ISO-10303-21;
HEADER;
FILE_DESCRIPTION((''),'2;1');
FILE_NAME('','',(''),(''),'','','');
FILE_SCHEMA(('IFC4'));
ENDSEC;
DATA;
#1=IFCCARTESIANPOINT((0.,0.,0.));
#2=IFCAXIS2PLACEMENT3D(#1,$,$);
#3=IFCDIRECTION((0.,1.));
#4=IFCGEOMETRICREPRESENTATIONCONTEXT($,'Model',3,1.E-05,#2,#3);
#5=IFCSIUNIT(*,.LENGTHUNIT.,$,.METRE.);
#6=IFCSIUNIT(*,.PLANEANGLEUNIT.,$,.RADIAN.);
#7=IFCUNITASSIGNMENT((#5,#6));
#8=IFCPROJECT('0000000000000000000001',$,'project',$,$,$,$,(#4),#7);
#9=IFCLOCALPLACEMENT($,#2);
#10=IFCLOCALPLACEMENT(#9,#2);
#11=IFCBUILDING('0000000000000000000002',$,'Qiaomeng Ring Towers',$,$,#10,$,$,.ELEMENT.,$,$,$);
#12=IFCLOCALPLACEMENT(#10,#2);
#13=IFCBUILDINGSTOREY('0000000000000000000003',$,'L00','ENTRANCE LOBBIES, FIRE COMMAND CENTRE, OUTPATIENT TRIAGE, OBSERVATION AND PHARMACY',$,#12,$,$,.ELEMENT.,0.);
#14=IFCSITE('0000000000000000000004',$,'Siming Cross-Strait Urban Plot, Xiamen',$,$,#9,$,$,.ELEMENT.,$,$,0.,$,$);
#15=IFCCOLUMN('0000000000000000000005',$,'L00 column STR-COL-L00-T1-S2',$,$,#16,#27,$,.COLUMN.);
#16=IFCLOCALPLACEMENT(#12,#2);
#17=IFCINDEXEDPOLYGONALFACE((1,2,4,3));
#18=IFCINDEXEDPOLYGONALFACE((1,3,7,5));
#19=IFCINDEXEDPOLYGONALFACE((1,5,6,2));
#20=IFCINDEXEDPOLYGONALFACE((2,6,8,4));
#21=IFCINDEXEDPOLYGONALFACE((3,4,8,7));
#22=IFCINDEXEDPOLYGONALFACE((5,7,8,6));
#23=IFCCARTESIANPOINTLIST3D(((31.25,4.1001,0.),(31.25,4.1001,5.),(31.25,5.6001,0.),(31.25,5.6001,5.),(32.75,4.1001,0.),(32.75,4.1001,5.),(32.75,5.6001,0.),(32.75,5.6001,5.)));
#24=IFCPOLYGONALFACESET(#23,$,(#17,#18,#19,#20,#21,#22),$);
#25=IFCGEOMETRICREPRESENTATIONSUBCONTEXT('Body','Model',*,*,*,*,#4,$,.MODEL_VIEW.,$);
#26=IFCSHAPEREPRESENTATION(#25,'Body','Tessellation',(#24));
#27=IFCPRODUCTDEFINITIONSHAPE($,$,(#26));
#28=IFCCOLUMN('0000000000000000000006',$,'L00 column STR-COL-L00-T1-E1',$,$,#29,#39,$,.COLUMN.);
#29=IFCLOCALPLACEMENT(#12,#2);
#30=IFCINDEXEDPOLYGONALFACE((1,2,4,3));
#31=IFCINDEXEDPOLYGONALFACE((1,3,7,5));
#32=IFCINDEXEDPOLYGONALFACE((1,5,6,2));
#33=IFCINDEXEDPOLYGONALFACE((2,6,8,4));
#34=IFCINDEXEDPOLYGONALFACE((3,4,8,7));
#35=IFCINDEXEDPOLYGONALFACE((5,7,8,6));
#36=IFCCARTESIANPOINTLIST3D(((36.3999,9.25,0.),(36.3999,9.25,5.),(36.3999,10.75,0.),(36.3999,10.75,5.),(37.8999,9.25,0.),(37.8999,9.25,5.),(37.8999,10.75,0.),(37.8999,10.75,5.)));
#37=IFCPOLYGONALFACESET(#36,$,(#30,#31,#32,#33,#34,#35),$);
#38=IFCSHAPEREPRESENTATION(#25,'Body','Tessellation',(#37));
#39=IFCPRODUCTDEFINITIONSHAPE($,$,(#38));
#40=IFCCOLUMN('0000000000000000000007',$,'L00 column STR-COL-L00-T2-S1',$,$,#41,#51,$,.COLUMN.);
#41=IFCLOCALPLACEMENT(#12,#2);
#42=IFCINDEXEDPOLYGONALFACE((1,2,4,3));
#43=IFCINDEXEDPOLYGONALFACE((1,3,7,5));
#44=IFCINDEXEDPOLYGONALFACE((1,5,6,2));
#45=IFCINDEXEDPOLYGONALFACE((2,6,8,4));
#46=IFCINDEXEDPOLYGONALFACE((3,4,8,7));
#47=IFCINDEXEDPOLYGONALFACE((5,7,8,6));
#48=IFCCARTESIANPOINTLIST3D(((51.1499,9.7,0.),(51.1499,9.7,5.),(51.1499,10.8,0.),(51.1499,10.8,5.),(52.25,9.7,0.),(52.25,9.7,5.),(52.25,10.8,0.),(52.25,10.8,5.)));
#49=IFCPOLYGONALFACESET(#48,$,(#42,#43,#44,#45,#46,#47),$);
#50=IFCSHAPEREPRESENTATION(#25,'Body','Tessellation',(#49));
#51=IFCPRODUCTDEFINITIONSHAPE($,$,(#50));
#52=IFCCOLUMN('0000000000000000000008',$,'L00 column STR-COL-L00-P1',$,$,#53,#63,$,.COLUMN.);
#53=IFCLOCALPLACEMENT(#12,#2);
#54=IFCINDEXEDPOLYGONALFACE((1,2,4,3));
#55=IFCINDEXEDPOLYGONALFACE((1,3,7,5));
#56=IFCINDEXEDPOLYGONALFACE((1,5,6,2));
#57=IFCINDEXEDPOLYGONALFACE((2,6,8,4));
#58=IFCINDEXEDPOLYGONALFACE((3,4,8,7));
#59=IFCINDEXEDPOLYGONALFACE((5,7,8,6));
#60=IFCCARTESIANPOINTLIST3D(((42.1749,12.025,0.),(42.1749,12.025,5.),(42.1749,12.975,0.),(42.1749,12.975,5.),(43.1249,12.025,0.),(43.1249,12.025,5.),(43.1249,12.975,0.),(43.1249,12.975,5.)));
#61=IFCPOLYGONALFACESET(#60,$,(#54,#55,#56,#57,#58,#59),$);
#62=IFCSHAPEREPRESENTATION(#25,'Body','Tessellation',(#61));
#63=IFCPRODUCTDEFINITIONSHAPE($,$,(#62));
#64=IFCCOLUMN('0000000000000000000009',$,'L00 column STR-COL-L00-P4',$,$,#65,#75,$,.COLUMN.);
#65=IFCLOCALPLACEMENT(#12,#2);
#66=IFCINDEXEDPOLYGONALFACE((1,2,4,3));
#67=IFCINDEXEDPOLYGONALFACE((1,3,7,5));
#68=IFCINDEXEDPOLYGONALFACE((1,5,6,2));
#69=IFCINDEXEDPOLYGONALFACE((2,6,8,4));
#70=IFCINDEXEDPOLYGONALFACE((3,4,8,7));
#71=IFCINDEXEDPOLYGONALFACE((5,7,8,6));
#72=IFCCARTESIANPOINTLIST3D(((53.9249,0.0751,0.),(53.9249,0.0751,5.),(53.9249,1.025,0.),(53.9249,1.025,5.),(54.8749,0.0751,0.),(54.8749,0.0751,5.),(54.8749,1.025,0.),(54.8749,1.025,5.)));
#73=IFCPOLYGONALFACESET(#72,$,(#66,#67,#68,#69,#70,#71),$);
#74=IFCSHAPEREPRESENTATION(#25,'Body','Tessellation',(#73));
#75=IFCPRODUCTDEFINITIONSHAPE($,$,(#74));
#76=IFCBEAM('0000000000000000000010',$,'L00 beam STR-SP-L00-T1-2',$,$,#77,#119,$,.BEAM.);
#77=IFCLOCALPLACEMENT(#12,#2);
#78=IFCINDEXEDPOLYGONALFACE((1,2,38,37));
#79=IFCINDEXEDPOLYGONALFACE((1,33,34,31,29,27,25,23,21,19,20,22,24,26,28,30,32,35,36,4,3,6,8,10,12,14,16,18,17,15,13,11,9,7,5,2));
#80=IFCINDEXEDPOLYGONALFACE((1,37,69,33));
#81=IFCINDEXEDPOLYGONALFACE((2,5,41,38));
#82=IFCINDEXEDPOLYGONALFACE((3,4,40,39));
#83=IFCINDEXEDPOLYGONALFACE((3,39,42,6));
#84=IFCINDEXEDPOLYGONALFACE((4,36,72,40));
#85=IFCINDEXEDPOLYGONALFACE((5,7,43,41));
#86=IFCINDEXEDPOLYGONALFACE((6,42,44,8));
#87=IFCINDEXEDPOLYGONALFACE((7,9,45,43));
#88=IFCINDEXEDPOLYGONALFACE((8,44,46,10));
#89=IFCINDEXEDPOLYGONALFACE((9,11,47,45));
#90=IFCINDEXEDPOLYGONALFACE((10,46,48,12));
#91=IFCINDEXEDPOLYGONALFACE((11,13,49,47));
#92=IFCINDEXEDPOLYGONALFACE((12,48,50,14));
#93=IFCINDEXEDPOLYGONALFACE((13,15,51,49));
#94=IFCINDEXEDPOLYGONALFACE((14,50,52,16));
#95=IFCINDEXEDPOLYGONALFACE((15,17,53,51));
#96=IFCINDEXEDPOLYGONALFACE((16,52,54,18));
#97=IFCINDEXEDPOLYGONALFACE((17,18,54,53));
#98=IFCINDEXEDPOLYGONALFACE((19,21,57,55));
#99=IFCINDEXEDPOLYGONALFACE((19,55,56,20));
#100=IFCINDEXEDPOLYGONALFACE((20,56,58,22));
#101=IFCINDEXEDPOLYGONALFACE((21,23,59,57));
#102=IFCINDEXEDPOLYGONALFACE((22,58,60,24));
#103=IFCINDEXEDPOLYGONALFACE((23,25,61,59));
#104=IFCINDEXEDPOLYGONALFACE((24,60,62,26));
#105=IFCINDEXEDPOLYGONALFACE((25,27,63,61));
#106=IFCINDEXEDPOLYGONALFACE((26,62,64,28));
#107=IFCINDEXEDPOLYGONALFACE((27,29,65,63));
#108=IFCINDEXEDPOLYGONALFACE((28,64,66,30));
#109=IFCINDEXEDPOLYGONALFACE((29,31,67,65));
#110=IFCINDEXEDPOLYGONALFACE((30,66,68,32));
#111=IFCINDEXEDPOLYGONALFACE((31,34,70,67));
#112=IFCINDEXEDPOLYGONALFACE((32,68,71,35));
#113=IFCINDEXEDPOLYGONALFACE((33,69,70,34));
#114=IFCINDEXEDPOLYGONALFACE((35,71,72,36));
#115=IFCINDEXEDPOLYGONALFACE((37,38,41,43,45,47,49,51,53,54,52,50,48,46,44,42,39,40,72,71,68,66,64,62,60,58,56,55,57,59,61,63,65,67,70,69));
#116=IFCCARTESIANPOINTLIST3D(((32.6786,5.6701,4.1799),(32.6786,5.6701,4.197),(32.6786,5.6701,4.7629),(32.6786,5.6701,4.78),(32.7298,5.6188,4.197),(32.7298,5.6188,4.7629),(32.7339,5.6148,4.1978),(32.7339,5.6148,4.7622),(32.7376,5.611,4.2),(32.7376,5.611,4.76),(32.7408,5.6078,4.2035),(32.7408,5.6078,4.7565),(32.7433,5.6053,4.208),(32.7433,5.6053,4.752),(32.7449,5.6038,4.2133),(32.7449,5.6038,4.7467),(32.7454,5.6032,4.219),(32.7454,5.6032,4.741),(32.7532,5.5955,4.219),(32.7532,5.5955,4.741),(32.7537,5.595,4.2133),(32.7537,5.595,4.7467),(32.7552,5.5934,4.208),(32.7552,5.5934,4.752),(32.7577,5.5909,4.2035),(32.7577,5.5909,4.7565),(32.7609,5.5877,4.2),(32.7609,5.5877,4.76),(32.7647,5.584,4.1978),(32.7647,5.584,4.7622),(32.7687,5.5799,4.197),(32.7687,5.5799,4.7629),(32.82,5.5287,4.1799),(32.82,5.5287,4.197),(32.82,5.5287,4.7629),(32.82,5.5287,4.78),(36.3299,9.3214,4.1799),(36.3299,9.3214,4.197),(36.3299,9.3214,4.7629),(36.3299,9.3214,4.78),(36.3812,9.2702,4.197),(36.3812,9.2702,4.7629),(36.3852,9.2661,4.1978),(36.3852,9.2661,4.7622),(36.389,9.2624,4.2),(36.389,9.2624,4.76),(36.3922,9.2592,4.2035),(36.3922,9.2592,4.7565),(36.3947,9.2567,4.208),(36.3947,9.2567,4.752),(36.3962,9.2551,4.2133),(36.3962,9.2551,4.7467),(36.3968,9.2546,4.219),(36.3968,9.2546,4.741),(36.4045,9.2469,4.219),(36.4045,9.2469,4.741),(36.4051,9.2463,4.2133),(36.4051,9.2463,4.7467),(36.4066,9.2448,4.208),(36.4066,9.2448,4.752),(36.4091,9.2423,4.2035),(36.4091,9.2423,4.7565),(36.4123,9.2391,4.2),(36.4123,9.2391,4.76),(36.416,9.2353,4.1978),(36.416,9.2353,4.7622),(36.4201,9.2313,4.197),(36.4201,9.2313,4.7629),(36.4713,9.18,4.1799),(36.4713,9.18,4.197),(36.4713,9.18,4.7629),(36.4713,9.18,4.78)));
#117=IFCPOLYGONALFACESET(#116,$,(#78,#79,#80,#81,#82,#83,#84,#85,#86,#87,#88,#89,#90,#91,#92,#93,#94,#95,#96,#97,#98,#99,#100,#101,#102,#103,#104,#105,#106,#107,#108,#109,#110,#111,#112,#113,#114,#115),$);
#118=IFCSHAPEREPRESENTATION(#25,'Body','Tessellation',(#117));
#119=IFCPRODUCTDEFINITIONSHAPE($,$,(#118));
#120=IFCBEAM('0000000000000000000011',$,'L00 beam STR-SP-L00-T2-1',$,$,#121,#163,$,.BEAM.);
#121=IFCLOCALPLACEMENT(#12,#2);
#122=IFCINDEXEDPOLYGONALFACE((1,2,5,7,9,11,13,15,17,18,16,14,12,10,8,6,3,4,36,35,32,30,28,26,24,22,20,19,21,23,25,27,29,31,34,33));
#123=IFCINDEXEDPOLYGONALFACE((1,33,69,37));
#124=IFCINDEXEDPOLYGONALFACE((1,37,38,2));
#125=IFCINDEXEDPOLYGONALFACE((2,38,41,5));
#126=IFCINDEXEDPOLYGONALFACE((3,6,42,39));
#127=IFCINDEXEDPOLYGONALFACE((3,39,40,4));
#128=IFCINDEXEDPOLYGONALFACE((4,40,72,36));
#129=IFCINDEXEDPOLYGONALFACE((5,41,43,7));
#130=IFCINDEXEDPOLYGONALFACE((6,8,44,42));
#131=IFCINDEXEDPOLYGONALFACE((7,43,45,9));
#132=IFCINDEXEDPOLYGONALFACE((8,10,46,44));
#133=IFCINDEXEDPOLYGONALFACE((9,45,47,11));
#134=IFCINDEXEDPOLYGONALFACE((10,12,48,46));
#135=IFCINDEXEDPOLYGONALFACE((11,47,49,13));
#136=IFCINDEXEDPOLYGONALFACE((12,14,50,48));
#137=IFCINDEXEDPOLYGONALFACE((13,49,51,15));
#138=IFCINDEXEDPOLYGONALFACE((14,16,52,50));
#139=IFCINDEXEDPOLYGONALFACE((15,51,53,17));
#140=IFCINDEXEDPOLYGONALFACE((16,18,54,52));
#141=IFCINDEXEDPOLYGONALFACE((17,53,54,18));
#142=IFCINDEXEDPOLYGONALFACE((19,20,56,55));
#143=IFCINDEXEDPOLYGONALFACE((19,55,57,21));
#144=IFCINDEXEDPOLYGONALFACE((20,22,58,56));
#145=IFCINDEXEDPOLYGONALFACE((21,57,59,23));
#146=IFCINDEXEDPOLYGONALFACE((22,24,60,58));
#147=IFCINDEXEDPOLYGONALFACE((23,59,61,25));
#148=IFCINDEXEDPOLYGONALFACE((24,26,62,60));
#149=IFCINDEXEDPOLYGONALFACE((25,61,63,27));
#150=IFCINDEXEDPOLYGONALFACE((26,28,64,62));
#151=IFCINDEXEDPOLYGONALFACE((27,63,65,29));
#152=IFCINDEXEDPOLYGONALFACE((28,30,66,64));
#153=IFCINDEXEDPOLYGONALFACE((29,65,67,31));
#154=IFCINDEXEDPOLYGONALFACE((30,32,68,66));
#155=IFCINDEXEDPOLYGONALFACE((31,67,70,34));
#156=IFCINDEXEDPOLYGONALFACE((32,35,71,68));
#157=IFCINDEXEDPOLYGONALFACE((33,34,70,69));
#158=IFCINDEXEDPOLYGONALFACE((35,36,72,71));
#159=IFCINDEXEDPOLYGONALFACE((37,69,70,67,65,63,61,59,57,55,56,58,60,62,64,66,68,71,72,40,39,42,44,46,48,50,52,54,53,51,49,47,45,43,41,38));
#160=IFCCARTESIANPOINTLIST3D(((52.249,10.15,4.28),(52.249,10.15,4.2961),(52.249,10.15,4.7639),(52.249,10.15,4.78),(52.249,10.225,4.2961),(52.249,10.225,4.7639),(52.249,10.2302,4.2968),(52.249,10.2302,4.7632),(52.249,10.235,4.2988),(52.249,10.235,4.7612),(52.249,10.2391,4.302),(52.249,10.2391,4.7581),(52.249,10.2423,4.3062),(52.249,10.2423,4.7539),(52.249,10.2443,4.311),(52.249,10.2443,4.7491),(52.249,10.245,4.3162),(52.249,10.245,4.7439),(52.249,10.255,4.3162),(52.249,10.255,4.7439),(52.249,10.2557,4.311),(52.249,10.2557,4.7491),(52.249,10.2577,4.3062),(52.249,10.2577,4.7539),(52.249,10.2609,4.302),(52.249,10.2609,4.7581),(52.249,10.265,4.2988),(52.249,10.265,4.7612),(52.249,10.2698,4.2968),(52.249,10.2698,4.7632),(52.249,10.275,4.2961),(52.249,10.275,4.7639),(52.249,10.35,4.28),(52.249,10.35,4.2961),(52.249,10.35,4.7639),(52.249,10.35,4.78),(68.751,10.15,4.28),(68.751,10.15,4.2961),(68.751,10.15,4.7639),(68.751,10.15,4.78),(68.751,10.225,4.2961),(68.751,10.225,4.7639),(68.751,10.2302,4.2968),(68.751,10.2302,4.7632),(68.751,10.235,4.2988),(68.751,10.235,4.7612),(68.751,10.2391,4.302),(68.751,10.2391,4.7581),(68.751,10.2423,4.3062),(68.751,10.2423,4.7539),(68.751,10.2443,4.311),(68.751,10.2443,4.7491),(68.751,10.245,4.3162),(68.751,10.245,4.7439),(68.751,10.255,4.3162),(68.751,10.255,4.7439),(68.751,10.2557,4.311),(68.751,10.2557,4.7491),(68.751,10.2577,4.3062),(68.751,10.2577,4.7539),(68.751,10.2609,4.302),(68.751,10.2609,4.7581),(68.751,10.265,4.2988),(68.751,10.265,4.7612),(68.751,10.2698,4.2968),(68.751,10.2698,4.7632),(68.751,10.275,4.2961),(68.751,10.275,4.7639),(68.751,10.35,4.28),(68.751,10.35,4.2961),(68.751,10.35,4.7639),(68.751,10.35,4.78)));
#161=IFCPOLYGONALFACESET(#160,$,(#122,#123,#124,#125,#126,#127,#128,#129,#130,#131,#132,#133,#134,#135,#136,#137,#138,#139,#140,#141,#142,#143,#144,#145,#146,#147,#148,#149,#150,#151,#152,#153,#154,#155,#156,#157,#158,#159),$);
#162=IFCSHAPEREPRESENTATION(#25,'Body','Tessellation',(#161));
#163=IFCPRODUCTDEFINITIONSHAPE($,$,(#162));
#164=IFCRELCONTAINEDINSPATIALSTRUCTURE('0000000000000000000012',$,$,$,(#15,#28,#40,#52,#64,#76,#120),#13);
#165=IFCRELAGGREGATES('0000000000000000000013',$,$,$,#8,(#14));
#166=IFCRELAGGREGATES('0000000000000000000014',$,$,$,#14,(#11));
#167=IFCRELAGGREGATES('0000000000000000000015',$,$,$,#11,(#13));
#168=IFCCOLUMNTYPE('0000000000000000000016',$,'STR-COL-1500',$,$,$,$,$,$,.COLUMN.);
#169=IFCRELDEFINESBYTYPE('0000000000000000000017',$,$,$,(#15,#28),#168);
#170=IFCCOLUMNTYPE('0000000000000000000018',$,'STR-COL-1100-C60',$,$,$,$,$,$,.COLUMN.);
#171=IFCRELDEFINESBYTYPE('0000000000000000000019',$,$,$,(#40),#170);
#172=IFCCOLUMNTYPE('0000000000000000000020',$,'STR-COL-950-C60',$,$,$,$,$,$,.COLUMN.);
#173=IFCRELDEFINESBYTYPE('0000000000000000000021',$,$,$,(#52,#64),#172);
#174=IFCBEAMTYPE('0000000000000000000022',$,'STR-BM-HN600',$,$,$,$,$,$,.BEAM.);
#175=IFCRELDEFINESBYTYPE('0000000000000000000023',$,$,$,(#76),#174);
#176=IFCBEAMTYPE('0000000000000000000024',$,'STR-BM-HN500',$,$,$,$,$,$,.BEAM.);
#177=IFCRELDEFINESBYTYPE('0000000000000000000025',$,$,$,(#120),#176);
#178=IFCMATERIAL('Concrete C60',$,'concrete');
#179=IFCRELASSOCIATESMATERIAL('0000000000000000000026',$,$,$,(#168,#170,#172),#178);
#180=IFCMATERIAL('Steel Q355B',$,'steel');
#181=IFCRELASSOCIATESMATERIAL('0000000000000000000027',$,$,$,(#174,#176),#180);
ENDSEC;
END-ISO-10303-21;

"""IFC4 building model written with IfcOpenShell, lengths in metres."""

from ifc_helpers import new_model, si_unit, direction, frame, origin, origin_2d, place, context, subcontext, project, spatial, rectangle, i_section, extrude, source, transform, mapped, material, material_profile, profile_set, type_object, element, save


model = new_model("IFC4")

# Units and contexts
model_context = context("Model", 3, precision=1e-05, world=origin(), true_north=direction((0.0, 1.0)))
body_context = subcontext(model_context, "Body", "Model", "MODEL_VIEW")
ifc_project = project(units=[si_unit("LENGTHUNIT", "METRE"), si_unit("PLANEANGLEUNIT", "RADIAN")], contexts=[model_context])

# Site, building, storey
site_placement = place(None, origin())
site = spatial("IfcSite", under=ifc_project, at=site_placement, Name="Siming Cross-Strait Urban Plot, Xiamen", CompositionType="ELEMENT", RefElevation=0.0)
building_placement = place(site_placement, origin())
building = spatial("IfcBuilding", under=site, at=building_placement, Name="Qiaomeng Ring Towers", CompositionType="ELEMENT")
storey_placement = place(building_placement, origin())
storey = spatial("IfcBuildingStorey", under=building, at=storey_placement, Name="L00", Description="ENTRANCE LOBBIES, FIRE COMMAND CENTRE, OUTPATIENT TRIAGE, OBSERVATION AND PHARMACY", CompositionType="ELEMENT", Elevation=0.0)

# Columns
ifc_material_1 = material(Name="Concrete C60", Category="concrete")
ifc_material_profile_1 = material_profile(ifc_material_1, rectangle(XDim=1.5, YDim=1.5, at=origin_2d()), Name="RC COL 1500x1500")
ifc_profile_set_1 = profile_set([ifc_material_profile_1], Name="Concrete C60")
column_type_1 = type_object("IfcColumnType", Name="STR-COL-1500", PredefinedType="COLUMN", material=ifc_profile_set_1)
shared_shape_1 = source(origin(), body_context, "Body", "SweptSolid", [
    extrude(rectangle(XDim=1.5, YDim=1.5, at=origin_2d()), origin(), (0.0, 0.0, 1.0), 5.0),
])
for number, where, z_axis, x_axis, name in (
    (1, (32.0, 4.8501, 0.0), (0.0, 0.0, 1.0), (1.0, 0.0, 0.0), "L00 column STR-COL-L00-T1-S2"),
    (2, (37.1499, 10.0, 0.0), (0.0, 0.0, 1.0), (1.0, 0.0, 0.0), "L00 column STR-COL-L00-T1-E1"),
):
    element("IfcColumn", number, at=place(storey_placement, frame(where, z_axis=z_axis, x_axis=x_axis)), inside=storey, type_object=column_type_1, Name=name, PredefinedType="COLUMN", context=body_context, shape_type="MappedRepresentation", body=[
        mapped(shared_shape_1, transform((0.0, 0.0, 0.0), x_axis=(1.0, 0.0, 0.0), y_axis=(0.0, 1.0, 0.0), z_axis=(0.0, 0.0, 1.0), scale=1.0)),
    ])
ifc_material_profile_2 = material_profile(ifc_material_1, rectangle(XDim=1.1001, YDim=1.1001, at=origin_2d()), Name="RC COL 1100x1100")
ifc_profile_set_2 = profile_set([ifc_material_profile_2], Name="Concrete C60")
column_type_2 = type_object("IfcColumnType", Name="STR-COL-1100-C60", PredefinedType="COLUMN", material=ifc_profile_set_2)
shared_shape_2 = source(origin(), body_context, "Body", "SweptSolid", [
    extrude(rectangle(XDim=1.1001, YDim=1.1001, at=origin_2d()), origin(), (0.0, 0.0, 1.0), 5.0),
])
column_placement = place(storey_placement, frame((51.7, 10.25, 0.0), z_axis=(0.0, 0.0, 1.0), x_axis=(1.0, 0.0, 0.0)))
element("IfcColumn", 3, at=column_placement, inside=storey, type_object=column_type_2, Name="L00 column STR-COL-L00-T2-S1", PredefinedType="COLUMN", context=body_context, shape_type="MappedRepresentation", body=[
    mapped(shared_shape_2, transform((0.0, 0.0, 0.0), x_axis=(1.0, 0.0, 0.0), y_axis=(0.0, 1.0, 0.0), z_axis=(0.0, 0.0, 1.0), scale=1.0)),
])
ifc_material_profile_3 = material_profile(ifc_material_1, rectangle(XDim=0.95, YDim=0.95, at=origin_2d()), Name="RC COL 950x950")
ifc_profile_set_3 = profile_set([ifc_material_profile_3], Name="Concrete C60")
column_type_3 = type_object("IfcColumnType", Name="STR-COL-950-C60", PredefinedType="COLUMN", material=ifc_profile_set_3)
shared_shape_3 = source(origin(), body_context, "Body", "SweptSolid", [
    extrude(rectangle(XDim=0.95, YDim=0.95, at=origin_2d()), origin(), (0.0, 0.0, 1.0), 5.0),
])
for number, where, z_axis, x_axis, name in (
    (4, (42.6499, 12.5, 0.0), (0.0, 0.0, 1.0), (1.0, 0.0, 0.0), "L00 column STR-COL-L00-P1"),
    (5, (54.3999, 0.55, 0.0), (0.0, 0.0, 1.0), (1.0, 0.0, 0.0), "L00 column STR-COL-L00-P4"),
):
    element("IfcColumn", number, at=place(storey_placement, frame(where, z_axis=z_axis, x_axis=x_axis)), inside=storey, type_object=column_type_3, Name=name, PredefinedType="COLUMN", context=body_context, shape_type="MappedRepresentation", body=[
        mapped(shared_shape_3, transform((0.0, 0.0, 0.0), x_axis=(1.0, 0.0, 0.0), y_axis=(0.0, 1.0, 0.0), z_axis=(0.0, 0.0, 1.0), scale=1.0)),
    ])

# Beams
ifc_material_2 = material(Name="Steel Q355B", Category="steel")
ifc_material_profile_4 = material_profile(ifc_material_2, i_section(OverallWidth=0.2, OverallDepth=0.6001, WebThickness=0.011, FlangeThickness=0.0171, FilletRadius=0.022, at=origin_2d()), Name="HN 600x200x11x17")
ifc_profile_set_4 = profile_set([ifc_material_profile_4], Name="Steel Q355B")
beam_type_1 = type_object("IfcBeamType", Name="STR-BM-HN600", PredefinedType="BEAM", material=ifc_profile_set_4)
shared_shape_4 = source(origin(), body_context, "Body", "SweptSolid", [
    extrude(i_section(OverallWidth=0.2, OverallDepth=0.6001, WebThickness=0.011, FlangeThickness=0.0171, FilletRadius=0.022, at=origin_2d()), origin(), (0.0, 0.0, 1.0), 5.1638),
])
beam_1_placement = place(storey_placement, frame((32.7493, 5.5994, 4.48), z_axis=(0.707107, 0.707107, 0.0), x_axis=(-0.707107, 0.707107, 0.0)))
element("IfcBeam", 6, at=beam_1_placement, inside=storey, type_object=beam_type_1, Name="L00 beam STR-SP-L00-T1-2", PredefinedType="BEAM", context=body_context, shape_type="MappedRepresentation", body=[
    mapped(shared_shape_4, transform((0.0, 0.0, 0.0), x_axis=(1.0, 0.0, 0.0), y_axis=(0.0, 1.0, 0.0), z_axis=(0.0, 0.0, 1.0), scale=1.0)),
])
ifc_material_profile_5 = material_profile(ifc_material_2, i_section(OverallWidth=0.2, OverallDepth=0.5, WebThickness=0.01, FlangeThickness=0.0161, FilletRadius=0.02, at=origin_2d()), Name="HN 500x200x10x16")
ifc_profile_set_5 = profile_set([ifc_material_profile_5], Name="Steel Q355B")
beam_type_2 = type_object("IfcBeamType", Name="STR-BM-HN500", PredefinedType="BEAM", material=ifc_profile_set_5)
shared_shape_5 = source(origin(), body_context, "Body", "SweptSolid", [
    extrude(i_section(OverallWidth=0.2, OverallDepth=0.5, WebThickness=0.01, FlangeThickness=0.0161, FilletRadius=0.02, at=origin_2d()), origin(), (0.0, 0.0, 1.0), 16.502),
])
beam_2_placement = place(storey_placement, frame((52.249, 10.25, 4.53), z_axis=(1.0, 0.0, 0.0), x_axis=(0.0, 1.0, 0.0)))
element("IfcBeam", 7, at=beam_2_placement, inside=storey, type_object=beam_type_2, Name="L00 beam STR-SP-L00-T2-1", PredefinedType="BEAM", context=body_context, shape_type="MappedRepresentation", body=[
    mapped(shared_shape_5, transform((0.0, 0.0, 0.0), x_axis=(1.0, 0.0, 0.0), y_axis=(0.0, 1.0, 0.0), z_axis=(0.0, 0.0, 1.0), scale=1.0)),
])

save(model, "model.ifc")
